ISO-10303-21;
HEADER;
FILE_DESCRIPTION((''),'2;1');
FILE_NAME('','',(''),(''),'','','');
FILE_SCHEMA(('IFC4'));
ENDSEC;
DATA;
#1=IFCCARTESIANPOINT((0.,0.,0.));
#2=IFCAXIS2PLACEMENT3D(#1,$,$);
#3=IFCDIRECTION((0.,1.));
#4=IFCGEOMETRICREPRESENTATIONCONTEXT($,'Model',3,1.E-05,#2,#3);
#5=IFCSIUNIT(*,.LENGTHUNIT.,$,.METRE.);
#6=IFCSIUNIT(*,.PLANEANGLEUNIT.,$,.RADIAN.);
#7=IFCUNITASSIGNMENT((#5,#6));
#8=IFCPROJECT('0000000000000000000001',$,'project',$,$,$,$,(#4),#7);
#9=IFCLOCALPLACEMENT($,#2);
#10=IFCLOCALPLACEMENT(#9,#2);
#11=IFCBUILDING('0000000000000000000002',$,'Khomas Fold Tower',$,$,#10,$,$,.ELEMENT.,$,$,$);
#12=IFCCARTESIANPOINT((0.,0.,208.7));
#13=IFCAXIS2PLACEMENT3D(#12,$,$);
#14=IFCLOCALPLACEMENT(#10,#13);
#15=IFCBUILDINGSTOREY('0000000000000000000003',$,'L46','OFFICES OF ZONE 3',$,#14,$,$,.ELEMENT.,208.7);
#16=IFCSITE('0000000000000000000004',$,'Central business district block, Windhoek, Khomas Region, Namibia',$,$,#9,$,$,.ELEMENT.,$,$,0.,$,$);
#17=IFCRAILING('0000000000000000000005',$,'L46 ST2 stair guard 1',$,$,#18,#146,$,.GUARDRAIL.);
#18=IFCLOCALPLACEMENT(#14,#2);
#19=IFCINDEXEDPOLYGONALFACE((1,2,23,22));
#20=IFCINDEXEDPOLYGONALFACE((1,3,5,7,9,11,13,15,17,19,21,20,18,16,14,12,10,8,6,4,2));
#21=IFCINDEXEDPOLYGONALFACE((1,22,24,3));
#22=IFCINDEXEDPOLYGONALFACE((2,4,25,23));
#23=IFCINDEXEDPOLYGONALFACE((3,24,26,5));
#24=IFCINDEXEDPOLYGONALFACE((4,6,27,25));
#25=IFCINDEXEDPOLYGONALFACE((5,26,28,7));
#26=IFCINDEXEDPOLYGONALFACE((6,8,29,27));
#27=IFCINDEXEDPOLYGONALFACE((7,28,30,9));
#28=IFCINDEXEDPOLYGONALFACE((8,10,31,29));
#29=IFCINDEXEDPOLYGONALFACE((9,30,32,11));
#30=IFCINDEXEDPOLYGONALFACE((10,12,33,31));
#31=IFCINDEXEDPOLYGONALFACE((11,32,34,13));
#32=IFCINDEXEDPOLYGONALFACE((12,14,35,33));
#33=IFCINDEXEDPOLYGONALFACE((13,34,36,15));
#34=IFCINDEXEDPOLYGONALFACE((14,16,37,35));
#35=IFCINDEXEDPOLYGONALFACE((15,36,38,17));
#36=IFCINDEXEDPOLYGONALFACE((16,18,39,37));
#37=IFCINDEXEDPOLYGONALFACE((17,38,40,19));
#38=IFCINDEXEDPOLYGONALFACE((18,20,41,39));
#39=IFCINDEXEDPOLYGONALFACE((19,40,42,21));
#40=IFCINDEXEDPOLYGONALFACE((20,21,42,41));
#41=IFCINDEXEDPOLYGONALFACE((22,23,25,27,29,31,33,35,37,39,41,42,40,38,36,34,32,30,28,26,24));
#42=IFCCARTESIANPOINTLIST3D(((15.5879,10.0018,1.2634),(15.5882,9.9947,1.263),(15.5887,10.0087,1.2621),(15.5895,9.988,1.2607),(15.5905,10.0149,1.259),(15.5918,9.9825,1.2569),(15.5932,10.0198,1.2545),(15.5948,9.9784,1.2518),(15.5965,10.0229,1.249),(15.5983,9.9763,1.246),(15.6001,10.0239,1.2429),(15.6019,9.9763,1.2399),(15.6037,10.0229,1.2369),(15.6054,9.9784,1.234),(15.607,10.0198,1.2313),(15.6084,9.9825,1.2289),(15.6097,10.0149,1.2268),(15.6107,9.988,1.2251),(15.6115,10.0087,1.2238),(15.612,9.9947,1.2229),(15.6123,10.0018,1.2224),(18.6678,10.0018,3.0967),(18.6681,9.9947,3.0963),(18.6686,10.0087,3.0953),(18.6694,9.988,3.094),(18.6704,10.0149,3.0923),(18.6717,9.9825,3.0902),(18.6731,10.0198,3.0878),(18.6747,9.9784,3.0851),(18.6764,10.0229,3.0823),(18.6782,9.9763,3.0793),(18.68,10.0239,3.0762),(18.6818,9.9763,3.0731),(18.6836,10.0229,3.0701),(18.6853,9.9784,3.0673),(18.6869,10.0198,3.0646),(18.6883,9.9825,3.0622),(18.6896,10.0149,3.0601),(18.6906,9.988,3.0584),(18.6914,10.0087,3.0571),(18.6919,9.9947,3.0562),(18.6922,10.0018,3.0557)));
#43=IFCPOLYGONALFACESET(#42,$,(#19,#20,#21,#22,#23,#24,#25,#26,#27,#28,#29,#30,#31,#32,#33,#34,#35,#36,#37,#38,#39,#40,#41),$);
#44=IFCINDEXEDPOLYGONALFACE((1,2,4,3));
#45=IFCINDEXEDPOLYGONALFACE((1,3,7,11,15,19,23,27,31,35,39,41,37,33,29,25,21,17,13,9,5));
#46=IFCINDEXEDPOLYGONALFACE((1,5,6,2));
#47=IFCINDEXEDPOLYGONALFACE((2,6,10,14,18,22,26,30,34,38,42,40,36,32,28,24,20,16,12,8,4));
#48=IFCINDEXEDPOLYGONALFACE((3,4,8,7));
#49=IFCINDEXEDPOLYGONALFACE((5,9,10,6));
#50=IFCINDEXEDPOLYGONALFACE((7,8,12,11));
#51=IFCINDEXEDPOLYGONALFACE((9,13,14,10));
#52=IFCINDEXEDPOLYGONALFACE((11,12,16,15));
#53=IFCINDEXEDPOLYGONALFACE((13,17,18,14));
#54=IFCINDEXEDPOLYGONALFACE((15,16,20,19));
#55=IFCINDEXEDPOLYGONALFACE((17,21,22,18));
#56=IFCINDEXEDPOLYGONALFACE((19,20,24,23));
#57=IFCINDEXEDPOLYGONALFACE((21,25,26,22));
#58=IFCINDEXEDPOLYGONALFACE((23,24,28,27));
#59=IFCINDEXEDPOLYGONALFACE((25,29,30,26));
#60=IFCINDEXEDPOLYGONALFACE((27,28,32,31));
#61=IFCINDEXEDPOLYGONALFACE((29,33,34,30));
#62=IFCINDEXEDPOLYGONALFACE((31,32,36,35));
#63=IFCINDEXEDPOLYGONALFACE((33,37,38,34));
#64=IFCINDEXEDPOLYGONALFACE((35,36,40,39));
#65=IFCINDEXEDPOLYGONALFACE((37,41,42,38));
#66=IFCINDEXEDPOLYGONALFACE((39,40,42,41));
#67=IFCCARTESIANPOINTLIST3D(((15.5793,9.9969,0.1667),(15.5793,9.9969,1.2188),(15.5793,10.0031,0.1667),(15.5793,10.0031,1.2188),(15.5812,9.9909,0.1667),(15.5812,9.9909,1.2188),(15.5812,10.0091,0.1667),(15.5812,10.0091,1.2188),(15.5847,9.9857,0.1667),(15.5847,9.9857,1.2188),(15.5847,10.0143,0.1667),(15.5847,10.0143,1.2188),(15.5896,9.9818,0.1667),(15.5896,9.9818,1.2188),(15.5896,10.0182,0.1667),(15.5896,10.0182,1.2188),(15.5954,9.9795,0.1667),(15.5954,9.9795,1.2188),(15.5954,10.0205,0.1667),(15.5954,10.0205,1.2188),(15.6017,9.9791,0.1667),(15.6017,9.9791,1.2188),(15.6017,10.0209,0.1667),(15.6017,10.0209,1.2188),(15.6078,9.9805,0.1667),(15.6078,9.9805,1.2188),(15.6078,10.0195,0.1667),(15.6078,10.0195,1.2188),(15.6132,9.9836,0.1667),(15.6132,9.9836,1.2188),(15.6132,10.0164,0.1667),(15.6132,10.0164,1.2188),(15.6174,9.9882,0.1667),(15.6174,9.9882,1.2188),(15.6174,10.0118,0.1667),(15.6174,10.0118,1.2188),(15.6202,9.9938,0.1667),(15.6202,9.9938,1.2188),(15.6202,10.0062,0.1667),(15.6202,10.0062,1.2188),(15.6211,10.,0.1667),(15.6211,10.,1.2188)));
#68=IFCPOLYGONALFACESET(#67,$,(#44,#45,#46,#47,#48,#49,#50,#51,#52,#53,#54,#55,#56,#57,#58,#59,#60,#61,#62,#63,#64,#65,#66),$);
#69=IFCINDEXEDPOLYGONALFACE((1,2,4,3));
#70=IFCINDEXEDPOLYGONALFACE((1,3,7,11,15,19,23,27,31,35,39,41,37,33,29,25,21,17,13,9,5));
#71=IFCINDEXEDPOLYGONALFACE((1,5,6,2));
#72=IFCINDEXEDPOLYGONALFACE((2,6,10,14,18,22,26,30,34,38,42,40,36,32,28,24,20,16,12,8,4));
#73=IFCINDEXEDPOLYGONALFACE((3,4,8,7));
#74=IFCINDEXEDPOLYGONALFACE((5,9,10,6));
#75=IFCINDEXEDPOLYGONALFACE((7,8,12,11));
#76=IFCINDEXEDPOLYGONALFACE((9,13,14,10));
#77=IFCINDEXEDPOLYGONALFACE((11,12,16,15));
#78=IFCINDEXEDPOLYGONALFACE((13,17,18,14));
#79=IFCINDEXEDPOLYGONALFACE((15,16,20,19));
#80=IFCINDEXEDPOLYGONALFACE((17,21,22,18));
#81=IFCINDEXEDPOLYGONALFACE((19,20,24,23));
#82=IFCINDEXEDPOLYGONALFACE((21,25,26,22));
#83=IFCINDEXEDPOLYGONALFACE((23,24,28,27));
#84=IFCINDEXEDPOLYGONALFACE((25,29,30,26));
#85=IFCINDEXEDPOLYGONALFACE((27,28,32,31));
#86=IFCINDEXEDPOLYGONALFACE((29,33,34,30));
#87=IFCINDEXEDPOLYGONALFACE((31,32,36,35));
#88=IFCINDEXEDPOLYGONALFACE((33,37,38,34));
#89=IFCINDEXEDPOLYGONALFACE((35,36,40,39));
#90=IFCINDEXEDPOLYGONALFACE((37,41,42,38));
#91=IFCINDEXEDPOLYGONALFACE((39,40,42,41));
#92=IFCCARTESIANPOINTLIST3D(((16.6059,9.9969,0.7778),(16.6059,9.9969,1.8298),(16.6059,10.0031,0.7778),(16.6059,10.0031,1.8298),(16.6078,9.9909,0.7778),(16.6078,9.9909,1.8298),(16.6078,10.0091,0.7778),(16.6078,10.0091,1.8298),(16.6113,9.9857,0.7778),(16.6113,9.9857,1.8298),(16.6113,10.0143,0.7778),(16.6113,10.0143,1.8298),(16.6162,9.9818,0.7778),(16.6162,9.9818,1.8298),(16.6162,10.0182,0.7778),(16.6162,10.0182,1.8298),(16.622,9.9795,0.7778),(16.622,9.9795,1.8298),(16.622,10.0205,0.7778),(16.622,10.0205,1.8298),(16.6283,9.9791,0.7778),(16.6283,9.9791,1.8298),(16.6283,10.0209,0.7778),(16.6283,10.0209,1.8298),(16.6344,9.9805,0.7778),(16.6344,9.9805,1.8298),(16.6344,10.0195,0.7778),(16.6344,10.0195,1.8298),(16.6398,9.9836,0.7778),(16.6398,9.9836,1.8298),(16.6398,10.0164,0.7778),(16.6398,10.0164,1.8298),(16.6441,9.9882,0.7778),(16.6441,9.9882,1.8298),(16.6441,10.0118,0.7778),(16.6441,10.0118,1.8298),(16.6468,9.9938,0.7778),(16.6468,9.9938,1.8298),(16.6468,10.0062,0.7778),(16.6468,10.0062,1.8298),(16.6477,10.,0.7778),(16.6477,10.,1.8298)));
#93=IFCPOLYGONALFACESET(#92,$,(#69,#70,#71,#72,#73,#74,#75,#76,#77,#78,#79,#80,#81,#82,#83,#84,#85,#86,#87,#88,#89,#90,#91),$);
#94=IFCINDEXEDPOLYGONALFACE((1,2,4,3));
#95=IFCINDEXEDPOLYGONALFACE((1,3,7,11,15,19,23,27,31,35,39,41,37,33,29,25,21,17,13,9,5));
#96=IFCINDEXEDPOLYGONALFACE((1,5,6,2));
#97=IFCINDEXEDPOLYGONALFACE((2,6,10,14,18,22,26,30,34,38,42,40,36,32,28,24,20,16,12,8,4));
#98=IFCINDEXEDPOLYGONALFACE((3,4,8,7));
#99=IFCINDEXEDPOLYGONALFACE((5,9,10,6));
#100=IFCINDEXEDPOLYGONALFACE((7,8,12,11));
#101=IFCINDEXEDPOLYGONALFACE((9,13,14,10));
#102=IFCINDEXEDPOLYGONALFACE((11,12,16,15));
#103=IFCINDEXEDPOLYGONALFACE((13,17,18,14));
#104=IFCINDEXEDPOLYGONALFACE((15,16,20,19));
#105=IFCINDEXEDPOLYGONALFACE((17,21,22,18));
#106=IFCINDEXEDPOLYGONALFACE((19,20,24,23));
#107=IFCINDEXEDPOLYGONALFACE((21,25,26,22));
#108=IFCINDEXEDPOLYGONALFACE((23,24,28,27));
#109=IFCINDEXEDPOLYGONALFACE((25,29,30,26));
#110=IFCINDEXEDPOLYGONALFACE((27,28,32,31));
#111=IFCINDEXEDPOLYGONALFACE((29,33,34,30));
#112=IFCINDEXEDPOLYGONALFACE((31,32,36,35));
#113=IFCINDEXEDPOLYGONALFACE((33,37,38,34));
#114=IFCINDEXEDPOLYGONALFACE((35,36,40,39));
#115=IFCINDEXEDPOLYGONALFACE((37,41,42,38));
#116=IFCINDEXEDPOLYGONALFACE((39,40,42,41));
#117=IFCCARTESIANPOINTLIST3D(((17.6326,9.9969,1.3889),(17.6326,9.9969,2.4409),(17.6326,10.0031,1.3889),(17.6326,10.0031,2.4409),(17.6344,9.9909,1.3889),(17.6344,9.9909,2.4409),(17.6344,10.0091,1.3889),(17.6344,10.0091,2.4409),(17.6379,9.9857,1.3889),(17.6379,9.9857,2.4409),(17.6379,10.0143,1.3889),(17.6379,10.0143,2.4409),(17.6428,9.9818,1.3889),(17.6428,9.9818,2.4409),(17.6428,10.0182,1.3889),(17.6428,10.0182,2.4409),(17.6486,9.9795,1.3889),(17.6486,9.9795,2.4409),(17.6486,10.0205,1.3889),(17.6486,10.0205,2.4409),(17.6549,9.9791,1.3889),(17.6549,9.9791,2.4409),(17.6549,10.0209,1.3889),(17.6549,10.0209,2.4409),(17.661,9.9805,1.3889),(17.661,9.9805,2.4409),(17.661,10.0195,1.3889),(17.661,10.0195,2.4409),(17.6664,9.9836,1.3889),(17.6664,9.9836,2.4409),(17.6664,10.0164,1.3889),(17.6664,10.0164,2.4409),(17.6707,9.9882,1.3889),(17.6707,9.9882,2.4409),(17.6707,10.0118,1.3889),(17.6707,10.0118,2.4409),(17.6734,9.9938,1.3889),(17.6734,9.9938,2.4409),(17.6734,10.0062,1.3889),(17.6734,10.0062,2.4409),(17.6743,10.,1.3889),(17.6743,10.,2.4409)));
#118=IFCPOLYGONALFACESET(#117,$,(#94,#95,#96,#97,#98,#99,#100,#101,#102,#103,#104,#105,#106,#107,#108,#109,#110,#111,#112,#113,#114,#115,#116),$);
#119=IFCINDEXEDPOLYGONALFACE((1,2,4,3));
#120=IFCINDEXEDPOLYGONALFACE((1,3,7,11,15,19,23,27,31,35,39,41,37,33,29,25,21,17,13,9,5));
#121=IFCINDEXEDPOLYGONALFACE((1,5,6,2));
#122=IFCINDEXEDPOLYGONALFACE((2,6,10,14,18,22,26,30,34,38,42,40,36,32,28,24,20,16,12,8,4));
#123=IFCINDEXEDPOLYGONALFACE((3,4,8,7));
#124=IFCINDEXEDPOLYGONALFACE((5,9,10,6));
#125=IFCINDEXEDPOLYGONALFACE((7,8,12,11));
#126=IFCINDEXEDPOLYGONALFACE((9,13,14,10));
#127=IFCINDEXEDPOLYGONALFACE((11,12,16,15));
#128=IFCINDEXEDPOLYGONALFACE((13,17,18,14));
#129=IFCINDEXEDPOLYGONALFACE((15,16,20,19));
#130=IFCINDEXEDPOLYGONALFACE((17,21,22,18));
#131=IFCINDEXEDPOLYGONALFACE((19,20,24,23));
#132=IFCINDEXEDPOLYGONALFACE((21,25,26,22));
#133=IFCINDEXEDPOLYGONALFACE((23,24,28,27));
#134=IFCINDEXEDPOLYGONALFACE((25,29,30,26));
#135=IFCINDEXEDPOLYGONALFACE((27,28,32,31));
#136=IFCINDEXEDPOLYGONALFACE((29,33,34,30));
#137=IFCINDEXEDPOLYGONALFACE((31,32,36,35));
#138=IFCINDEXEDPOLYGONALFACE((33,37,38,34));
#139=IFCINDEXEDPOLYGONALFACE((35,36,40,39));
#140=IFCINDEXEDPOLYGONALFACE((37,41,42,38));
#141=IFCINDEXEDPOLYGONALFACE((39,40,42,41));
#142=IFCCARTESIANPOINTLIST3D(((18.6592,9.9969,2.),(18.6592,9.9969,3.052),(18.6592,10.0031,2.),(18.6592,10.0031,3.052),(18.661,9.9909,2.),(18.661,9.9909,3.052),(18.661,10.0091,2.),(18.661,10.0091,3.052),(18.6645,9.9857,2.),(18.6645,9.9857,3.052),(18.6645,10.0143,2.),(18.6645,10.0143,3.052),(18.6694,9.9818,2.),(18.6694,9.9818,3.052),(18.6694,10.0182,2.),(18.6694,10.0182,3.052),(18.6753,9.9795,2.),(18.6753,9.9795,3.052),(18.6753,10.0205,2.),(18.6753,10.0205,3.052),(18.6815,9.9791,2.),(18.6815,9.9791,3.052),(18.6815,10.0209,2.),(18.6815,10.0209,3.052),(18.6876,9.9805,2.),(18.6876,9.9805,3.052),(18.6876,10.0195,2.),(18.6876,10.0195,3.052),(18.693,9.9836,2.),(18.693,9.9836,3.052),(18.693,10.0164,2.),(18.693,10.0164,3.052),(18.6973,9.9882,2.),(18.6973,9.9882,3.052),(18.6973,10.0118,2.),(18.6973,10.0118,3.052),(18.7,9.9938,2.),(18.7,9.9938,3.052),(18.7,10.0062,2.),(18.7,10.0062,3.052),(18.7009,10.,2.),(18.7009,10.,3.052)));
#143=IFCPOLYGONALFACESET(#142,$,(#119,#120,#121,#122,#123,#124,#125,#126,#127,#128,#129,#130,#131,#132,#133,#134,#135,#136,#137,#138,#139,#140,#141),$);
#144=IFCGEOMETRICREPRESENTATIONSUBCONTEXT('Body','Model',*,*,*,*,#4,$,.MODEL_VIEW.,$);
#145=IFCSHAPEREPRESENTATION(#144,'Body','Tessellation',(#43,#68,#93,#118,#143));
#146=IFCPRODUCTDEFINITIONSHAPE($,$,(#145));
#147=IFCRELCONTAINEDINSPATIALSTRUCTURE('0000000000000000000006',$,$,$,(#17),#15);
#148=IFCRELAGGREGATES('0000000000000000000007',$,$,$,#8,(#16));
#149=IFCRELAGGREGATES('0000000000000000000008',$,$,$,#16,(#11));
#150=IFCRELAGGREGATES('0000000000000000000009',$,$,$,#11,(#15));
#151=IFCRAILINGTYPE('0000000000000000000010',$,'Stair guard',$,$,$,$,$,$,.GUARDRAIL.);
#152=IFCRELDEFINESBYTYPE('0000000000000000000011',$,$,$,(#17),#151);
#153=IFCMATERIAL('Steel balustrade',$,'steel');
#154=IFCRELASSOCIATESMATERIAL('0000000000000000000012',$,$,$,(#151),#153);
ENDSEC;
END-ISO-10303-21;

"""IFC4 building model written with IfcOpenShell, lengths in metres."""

from ifc_helpers import new_model, si_unit, direction, frame, origin, origin_2d, place, context, subcontext, project, spatial, circle, extrude, source, transform, mapped, material, type_object, element, save


model = new_model("IFC4")

# Units and contexts
model_context = context("Model", 3, precision=1e-05, world=origin(), true_north=direction((0.0, 1.0)))
body_context = subcontext(model_context, "Body", "Model", "MODEL_VIEW")
ifc_project = project(units=[si_unit("LENGTHUNIT", "METRE"), si_unit("PLANEANGLEUNIT", "RADIAN")], contexts=[model_context])

# Site, building, storey
site_placement = place(None, origin())
site = spatial("IfcSite", under=ifc_project, at=site_placement, Name="Central business district block, Windhoek, Khomas Region, Namibia", CompositionType="ELEMENT", RefElevation=0.0)
building_placement = place(site_placement, origin())
building = spatial("IfcBuilding", under=site, at=building_placement, Name="Khomas Fold Tower", CompositionType="ELEMENT")
storey_placement = place(building_placement, frame((0.0, 0.0, 208.7)))
storey = spatial("IfcBuildingStorey", under=building, at=storey_placement, Name="L46", Description="OFFICES OF ZONE 3", CompositionType="ELEMENT", Elevation=208.7)

# Railing
ifc_material_1 = material(Name="Steel balustrade", Category="steel")
railing_type_1 = type_object("IfcRailingType", Name="Stair guard", PredefinedType="GUARDRAIL", material=ifc_material_1)
shared_shape_1 = source(origin(), body_context, "Body", "SweptSolid", [
    extrude(circle(Radius=0.0239, at=origin_2d()), frame((0.0, 0.0, 1.0762), z_axis=(0.859291, 0.0, 0.511487), x_axis=(0.0, 1.0, 0.0)), (0.0, 0.0, 1.0), 3.5842),
    extrude(circle(Radius=0.021, at=origin_2d()), origin(), (0.0, 0.0, 1.0), 1.052),
    extrude(circle(Radius=0.021, at=origin_2d()), frame((1.0266, 0.0, 0.6111)), (0.0, 0.0, 1.0), 1.052),
    extrude(circle(Radius=0.021, at=origin_2d()), frame((2.0532, 0.0, 1.2222)), (0.0, 0.0, 1.0), 1.052),
    extrude(circle(Radius=0.021, at=origin_2d()), frame((3.0798, 0.0, 1.8333)), (0.0, 0.0, 1.0), 1.052),
])
railing_1_placement = place(storey_placement, frame((15.6001, 10.0, 0.1667)))
element("IfcRailing", 1, at=railing_1_placement, inside=storey, type_object=railing_type_1, Name="L46 ST2 stair guard 1", PredefinedType="GUARDRAIL", context=body_context, shape_type="MappedRepresentation", body=[
    mapped(shared_shape_1, transform((0.0, 0.0, 0.0))),
])

save(model, "model.ifc")
